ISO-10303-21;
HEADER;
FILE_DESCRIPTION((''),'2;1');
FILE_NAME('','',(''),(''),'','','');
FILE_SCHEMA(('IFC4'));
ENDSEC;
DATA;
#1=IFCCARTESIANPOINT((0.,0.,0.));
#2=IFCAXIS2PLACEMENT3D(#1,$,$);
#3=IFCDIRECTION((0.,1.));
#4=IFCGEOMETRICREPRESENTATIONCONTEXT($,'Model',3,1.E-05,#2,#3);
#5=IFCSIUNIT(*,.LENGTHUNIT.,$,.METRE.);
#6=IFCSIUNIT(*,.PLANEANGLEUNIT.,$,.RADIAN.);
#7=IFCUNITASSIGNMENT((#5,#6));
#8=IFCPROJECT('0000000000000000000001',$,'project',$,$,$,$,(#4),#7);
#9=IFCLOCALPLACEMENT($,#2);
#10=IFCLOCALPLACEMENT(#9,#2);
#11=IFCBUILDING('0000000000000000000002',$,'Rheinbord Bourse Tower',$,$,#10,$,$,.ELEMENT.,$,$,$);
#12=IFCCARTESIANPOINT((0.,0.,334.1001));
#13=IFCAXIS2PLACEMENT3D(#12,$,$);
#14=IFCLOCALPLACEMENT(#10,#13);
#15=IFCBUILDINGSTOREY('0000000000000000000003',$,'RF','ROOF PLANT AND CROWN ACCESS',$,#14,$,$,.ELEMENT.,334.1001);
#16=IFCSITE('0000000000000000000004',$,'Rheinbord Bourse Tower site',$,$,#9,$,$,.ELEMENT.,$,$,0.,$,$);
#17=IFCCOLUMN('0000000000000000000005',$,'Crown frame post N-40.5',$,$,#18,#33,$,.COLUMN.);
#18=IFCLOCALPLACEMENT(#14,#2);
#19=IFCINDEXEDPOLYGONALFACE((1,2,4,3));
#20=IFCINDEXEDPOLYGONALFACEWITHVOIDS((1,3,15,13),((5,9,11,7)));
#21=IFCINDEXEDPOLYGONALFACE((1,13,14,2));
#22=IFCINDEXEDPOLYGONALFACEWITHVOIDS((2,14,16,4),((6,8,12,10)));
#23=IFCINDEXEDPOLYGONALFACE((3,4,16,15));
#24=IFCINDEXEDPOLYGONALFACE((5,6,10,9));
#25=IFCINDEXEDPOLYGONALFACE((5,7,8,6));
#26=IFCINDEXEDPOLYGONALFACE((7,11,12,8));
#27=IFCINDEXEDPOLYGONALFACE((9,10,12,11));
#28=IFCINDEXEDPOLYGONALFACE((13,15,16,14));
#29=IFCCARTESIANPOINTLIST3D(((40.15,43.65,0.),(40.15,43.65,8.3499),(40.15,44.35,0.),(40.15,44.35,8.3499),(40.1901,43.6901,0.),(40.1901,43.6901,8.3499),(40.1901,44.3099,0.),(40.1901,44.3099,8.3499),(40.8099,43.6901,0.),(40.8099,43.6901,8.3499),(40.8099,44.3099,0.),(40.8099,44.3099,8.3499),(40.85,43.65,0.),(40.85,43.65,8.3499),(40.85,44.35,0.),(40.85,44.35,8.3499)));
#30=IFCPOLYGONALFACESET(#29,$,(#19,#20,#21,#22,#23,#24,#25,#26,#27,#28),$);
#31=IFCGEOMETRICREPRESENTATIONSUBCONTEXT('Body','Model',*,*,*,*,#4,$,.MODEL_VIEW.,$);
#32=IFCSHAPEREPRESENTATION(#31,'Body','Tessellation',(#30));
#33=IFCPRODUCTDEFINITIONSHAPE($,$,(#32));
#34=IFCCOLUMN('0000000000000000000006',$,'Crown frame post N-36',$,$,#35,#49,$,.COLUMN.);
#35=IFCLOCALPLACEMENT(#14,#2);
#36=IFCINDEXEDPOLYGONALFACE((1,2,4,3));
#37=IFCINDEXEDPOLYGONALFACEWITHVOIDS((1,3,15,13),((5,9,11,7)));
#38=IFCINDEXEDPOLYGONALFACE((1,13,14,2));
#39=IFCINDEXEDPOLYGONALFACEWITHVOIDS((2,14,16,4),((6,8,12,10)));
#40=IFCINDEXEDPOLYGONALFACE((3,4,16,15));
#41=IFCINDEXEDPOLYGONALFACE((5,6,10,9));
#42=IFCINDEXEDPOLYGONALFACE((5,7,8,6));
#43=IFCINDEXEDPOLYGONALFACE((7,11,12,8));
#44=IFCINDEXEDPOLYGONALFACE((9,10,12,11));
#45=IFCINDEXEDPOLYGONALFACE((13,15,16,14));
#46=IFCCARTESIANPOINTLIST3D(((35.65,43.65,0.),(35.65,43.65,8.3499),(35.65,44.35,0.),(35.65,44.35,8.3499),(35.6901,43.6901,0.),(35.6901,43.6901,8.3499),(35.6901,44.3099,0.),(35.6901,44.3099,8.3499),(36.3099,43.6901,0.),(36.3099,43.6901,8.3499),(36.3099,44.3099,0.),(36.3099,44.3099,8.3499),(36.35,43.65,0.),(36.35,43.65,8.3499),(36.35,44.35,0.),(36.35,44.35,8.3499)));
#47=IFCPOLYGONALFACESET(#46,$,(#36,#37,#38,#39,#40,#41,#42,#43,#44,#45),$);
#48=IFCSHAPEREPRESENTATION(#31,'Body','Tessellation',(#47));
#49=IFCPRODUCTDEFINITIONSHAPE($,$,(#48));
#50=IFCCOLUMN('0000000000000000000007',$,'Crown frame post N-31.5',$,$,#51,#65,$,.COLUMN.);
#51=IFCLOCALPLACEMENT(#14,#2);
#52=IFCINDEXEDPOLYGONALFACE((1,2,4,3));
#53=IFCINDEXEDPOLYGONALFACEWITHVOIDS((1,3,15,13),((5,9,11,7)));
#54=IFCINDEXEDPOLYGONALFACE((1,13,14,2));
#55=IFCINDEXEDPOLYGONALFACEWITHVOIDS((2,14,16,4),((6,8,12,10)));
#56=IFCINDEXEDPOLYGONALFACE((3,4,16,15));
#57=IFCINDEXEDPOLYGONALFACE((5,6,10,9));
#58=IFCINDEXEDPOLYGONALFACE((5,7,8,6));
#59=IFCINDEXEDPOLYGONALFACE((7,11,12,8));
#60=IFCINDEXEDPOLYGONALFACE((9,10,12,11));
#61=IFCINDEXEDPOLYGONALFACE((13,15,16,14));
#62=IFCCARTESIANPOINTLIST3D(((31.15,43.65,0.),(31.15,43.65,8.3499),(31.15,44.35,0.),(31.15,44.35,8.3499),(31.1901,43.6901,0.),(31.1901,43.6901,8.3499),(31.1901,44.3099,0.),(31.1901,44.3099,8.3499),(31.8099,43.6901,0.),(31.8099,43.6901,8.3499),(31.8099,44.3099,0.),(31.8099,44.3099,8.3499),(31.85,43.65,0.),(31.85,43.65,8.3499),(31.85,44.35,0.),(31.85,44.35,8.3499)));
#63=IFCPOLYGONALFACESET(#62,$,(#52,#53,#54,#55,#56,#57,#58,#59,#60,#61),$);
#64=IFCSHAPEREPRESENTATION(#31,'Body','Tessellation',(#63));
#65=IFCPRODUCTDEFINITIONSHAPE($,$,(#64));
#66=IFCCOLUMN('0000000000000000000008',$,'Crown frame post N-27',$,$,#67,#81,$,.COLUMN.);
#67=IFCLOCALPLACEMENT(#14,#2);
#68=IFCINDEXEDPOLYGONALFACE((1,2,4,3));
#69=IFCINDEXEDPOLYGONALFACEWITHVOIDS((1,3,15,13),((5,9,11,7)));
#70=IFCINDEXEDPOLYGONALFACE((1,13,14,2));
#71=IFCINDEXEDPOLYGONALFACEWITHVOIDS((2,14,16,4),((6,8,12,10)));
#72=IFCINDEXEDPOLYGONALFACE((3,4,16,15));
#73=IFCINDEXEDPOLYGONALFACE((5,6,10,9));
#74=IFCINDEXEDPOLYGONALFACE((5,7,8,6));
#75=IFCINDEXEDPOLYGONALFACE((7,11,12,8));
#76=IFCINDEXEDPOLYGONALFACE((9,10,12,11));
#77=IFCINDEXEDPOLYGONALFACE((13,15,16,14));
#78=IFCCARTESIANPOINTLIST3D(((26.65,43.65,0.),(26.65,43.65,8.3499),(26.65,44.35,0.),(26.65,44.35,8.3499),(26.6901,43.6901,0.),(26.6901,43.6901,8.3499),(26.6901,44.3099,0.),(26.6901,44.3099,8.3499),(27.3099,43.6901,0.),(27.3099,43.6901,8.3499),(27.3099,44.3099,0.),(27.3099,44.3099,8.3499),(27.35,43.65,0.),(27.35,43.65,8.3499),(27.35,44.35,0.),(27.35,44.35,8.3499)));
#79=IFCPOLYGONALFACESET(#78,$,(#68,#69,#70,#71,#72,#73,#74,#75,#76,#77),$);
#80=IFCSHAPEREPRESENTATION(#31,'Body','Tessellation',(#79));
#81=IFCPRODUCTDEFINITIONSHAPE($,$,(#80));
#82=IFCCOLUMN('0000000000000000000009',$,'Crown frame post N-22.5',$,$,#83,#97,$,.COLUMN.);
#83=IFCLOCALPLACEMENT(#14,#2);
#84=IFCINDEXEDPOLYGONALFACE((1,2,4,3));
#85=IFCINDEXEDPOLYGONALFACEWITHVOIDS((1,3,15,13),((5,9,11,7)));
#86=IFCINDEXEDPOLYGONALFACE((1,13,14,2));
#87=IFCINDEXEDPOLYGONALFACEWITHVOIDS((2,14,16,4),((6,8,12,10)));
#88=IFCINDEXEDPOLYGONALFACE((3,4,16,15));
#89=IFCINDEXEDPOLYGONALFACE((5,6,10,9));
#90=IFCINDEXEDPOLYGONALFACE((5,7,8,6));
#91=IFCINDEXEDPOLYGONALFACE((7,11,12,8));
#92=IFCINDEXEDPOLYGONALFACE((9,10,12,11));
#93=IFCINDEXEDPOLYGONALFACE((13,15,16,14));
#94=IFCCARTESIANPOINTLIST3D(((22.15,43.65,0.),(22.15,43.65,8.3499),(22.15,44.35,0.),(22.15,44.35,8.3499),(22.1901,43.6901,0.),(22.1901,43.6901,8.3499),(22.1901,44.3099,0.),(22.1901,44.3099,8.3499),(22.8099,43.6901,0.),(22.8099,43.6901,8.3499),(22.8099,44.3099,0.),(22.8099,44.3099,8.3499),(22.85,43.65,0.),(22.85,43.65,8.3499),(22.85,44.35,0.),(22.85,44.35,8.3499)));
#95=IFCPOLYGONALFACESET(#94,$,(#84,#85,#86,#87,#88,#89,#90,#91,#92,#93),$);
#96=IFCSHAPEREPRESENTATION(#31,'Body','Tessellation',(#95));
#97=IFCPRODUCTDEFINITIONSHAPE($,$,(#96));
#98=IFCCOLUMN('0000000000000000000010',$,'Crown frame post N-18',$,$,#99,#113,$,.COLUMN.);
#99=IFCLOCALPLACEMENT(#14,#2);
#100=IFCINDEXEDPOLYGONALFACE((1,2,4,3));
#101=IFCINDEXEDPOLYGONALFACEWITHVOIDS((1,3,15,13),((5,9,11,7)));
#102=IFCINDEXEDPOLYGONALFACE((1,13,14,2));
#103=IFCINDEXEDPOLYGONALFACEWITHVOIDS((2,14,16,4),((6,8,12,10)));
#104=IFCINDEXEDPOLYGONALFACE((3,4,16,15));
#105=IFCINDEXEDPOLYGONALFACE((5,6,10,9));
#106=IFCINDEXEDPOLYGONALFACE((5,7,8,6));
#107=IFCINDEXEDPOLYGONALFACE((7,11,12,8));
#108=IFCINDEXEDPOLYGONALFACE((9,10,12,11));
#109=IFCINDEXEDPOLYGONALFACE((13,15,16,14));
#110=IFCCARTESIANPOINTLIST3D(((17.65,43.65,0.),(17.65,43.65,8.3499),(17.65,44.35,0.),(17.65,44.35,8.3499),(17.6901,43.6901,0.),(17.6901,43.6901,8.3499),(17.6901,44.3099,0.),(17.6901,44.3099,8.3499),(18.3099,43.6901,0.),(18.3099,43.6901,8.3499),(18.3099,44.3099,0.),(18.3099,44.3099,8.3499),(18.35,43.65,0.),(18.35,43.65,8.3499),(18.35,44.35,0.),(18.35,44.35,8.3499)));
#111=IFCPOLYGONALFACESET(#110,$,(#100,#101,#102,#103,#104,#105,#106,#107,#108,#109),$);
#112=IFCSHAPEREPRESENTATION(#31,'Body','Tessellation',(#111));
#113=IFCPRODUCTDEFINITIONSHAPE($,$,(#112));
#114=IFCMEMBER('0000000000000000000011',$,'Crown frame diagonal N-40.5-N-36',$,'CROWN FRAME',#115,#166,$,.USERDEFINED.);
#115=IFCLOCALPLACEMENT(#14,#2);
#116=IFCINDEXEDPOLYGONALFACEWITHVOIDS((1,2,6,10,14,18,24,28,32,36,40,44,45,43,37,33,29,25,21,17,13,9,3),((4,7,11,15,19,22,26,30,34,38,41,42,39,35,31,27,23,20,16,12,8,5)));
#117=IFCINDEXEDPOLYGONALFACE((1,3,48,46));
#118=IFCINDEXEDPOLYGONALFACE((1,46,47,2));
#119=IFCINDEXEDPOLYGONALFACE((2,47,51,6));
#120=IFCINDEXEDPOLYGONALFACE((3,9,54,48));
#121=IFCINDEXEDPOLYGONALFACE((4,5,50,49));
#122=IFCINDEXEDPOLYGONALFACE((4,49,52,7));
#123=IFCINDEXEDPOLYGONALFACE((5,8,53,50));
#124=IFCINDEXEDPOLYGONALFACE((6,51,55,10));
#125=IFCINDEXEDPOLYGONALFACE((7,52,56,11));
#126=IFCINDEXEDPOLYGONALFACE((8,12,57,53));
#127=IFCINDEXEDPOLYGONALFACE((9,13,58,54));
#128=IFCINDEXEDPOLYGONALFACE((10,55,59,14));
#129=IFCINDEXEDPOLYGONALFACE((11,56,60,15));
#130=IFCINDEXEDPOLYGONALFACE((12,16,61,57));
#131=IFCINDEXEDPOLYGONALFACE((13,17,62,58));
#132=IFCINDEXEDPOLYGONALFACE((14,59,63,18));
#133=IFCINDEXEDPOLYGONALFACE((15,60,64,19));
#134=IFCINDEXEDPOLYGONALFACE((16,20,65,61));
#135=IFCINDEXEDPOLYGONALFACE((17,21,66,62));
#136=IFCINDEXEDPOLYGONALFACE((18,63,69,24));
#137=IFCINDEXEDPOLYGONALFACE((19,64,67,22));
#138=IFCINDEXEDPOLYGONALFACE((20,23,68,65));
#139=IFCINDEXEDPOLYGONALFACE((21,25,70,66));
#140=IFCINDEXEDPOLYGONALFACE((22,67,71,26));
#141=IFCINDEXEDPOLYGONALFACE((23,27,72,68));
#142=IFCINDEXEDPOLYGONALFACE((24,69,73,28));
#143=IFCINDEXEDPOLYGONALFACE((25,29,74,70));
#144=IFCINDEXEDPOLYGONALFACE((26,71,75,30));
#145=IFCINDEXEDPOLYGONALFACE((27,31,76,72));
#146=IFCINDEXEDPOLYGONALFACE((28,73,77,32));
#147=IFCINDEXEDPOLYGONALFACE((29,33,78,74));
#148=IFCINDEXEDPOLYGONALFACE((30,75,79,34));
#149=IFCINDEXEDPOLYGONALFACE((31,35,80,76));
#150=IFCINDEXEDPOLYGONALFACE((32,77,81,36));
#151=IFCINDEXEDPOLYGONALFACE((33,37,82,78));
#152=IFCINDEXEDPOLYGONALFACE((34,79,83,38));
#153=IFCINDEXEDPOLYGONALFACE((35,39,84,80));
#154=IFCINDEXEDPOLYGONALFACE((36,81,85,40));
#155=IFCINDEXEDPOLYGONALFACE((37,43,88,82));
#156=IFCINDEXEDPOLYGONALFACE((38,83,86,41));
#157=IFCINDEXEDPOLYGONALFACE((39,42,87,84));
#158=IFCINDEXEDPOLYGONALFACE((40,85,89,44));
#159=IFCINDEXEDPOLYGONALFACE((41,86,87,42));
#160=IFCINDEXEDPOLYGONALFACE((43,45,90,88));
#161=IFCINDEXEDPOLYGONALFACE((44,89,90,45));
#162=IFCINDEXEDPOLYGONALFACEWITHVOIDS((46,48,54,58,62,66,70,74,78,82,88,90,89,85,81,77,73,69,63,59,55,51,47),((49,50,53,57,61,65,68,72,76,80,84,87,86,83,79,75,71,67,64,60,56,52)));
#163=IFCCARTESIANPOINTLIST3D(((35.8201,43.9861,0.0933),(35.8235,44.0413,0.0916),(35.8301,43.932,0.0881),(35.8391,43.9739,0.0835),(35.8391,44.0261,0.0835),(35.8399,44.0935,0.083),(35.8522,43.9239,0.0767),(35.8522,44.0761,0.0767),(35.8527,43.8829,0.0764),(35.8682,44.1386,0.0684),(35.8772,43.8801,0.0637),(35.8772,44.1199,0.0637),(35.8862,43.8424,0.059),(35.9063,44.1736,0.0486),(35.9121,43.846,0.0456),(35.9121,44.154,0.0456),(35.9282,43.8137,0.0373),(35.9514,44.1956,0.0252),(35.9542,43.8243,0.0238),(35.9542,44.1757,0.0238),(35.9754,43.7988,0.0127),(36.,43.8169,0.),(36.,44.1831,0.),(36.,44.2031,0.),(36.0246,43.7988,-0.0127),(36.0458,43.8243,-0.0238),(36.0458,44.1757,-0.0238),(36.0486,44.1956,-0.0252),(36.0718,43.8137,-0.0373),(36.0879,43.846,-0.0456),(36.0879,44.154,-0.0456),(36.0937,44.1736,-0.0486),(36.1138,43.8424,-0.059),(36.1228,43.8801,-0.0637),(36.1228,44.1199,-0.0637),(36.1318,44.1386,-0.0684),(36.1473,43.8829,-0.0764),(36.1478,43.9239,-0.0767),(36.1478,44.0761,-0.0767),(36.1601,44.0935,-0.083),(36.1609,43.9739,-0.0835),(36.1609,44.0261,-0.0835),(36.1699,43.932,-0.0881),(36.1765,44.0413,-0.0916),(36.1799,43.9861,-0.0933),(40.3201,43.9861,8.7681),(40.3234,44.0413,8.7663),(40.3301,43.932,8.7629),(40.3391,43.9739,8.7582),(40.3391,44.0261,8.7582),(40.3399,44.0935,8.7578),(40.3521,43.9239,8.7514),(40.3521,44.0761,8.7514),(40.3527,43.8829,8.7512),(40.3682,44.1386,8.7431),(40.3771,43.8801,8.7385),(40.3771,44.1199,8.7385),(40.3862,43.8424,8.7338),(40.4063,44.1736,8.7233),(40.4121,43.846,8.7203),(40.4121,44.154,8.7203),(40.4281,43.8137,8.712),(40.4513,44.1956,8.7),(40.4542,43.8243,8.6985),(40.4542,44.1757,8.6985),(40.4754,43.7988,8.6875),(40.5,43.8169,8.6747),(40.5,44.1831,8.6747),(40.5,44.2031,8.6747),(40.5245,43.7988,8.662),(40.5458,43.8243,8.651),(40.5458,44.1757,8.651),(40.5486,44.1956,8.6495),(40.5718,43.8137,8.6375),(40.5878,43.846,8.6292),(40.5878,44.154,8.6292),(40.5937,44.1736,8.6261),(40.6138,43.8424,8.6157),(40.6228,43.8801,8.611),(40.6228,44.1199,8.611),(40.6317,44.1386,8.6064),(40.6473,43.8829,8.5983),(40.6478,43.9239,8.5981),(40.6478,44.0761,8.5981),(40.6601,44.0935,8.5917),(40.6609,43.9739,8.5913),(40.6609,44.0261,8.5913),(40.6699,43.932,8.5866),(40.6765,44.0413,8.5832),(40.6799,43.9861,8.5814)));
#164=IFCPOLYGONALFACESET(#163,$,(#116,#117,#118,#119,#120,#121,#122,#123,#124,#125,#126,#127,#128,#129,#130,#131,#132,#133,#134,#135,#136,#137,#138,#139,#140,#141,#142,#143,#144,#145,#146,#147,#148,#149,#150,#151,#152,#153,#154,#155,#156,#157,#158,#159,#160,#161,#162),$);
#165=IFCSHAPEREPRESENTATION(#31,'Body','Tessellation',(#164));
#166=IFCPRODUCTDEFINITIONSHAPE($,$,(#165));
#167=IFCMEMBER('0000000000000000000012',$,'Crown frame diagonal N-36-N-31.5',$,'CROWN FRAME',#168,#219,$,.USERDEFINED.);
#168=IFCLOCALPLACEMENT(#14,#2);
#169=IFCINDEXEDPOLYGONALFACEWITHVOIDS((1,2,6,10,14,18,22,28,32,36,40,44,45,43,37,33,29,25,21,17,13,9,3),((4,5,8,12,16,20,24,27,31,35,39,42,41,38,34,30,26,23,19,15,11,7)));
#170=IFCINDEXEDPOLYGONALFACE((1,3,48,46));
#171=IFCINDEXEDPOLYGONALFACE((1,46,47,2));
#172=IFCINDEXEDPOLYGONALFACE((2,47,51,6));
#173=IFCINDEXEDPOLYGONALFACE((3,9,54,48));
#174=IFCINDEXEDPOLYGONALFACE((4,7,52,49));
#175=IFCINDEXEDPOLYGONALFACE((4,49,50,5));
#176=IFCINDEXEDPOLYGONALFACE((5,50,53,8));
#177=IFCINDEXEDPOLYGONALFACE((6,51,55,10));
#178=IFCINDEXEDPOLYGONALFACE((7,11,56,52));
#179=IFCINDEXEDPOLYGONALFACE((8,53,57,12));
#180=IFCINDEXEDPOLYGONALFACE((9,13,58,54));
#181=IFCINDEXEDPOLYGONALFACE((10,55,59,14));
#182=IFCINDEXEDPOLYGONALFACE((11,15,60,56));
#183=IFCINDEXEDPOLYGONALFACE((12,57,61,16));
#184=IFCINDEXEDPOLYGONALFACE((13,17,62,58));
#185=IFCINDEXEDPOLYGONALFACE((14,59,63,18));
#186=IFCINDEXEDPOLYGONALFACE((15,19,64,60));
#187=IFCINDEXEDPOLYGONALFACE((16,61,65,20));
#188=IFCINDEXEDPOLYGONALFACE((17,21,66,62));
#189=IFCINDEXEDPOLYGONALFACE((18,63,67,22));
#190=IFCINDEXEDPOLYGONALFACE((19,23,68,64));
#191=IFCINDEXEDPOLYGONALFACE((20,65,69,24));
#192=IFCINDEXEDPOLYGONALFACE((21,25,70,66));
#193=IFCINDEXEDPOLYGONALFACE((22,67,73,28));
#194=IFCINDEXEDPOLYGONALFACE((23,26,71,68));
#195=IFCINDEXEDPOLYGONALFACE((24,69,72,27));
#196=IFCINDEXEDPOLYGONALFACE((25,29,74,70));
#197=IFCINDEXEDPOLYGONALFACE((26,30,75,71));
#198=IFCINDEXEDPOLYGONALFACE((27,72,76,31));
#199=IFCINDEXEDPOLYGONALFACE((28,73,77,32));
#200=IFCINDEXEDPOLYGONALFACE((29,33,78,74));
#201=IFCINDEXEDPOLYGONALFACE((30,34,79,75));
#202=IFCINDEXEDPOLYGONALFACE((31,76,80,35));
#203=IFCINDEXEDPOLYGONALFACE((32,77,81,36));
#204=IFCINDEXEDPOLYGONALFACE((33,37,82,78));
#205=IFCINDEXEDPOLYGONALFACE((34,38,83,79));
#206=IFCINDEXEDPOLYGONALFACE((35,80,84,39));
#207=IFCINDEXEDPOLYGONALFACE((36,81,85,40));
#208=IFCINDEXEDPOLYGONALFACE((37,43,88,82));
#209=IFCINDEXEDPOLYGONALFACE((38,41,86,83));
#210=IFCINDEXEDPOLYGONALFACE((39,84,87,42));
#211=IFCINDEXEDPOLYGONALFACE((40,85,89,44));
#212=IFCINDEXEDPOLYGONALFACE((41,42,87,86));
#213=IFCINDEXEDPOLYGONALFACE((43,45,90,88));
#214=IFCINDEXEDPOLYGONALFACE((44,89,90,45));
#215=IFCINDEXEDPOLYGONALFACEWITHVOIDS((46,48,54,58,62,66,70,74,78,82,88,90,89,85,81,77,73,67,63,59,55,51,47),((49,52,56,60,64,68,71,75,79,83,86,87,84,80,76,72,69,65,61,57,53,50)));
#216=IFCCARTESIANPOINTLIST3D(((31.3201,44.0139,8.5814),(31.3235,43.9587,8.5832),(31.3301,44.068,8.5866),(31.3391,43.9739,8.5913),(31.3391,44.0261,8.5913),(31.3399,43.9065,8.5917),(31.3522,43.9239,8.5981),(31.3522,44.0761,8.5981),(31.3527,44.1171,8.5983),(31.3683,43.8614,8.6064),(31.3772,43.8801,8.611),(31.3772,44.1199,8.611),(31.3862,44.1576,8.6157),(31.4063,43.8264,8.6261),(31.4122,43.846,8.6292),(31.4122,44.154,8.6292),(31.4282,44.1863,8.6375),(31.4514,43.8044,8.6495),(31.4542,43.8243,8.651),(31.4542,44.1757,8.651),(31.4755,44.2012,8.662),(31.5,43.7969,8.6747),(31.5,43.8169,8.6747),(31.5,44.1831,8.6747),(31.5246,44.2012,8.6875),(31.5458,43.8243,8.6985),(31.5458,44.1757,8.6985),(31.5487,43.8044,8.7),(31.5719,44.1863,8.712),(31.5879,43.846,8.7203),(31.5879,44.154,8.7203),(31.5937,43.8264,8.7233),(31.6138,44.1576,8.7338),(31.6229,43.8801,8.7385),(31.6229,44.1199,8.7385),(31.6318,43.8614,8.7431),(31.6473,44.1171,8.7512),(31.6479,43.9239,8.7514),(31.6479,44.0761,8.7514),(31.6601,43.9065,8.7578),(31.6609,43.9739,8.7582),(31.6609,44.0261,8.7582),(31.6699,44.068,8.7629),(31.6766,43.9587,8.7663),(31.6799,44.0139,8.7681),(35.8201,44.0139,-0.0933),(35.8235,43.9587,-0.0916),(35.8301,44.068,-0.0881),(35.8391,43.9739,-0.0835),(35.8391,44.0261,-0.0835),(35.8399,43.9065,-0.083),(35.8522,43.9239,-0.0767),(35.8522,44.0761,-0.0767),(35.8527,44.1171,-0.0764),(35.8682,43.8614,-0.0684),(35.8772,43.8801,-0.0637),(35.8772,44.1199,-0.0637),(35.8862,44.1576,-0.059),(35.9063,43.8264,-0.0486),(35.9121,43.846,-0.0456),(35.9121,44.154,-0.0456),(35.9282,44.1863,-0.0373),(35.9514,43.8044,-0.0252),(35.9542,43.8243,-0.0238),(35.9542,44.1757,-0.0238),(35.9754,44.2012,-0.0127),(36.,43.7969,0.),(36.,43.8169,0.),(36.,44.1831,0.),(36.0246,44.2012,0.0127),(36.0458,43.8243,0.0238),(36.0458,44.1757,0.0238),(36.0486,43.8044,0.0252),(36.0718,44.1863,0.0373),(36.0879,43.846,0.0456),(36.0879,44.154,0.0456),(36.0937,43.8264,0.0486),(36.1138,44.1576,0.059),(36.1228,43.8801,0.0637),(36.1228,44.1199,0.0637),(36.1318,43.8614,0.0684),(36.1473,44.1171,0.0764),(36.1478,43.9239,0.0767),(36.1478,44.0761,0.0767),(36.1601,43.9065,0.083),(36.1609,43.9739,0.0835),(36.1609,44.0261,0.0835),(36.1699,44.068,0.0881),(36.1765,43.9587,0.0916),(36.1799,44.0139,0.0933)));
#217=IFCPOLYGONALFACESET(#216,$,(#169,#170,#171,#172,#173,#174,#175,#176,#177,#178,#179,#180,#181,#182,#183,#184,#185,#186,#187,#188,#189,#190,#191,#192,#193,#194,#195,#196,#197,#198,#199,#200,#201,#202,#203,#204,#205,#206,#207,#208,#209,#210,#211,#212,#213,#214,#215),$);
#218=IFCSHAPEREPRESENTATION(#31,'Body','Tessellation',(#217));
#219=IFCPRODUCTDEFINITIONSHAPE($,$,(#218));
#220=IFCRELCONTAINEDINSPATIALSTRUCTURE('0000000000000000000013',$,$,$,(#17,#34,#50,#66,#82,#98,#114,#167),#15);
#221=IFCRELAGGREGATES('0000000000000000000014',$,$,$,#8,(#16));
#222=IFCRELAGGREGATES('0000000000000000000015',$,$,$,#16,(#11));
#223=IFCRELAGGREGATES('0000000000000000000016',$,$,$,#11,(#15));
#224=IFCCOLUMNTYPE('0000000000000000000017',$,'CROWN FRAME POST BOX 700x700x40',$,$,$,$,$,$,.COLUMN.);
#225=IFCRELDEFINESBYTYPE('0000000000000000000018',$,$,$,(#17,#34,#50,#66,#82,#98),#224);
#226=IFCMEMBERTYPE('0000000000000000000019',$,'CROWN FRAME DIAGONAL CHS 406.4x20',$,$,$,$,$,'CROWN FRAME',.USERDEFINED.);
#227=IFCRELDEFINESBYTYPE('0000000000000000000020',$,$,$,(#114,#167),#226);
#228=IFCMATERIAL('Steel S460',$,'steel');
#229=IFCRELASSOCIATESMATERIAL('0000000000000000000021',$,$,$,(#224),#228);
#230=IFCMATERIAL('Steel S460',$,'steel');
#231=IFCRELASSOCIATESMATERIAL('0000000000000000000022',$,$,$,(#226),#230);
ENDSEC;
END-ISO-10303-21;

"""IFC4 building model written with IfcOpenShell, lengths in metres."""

from ifc_helpers import new_model, si_unit, direction, frame, origin, origin_2d, place, context, subcontext, project, spatial, hollow_rectangle, hollow_circle, extrude, material, material_profile, profile_set, type_object, element, save


model = new_model("IFC4")

# Units and contexts
model_context = context("Model", 3, precision=1e-05, world=origin(), true_north=direction((0.0, 1.0)))
body_context = subcontext(model_context, "Body", "Model", "MODEL_VIEW")
ifc_project = project(units=[si_unit("LENGTHUNIT", "METRE"), si_unit("PLANEANGLEUNIT", "RADIAN")], contexts=[model_context])

# Site, building, storey
site_placement = place(None, origin())
site = spatial("IfcSite", under=ifc_project, at=site_placement, Name="Rheinbord Bourse Tower site", CompositionType="ELEMENT", RefElevation=0.0)
building_placement = place(site_placement, origin())
building = spatial("IfcBuilding", under=site, at=building_placement, Name="Rheinbord Bourse Tower", CompositionType="ELEMENT")
storey_placement = place(building_placement, frame((0.0, 0.0, 334.1001)))
storey = spatial("IfcBuildingStorey", under=building, at=storey_placement, Name="RF", Description="ROOF PLANT AND CROWN ACCESS", CompositionType="ELEMENT", Elevation=334.1001)

# Columns
ifc_material_1 = material(Name="Steel S460", Category="steel")
ifc_material_profile_1 = material_profile(ifc_material_1, hollow_rectangle(XDim=0.7, YDim=0.7, WallThickness=0.04, at=origin_2d()), Name="BOX 700x700x40")
ifc_profile_set_1 = profile_set([ifc_material_profile_1], Name="Steel S460")
column_type = type_object("IfcColumnType", Name="CROWN FRAME POST BOX 700x700x40", PredefinedType="COLUMN", material=ifc_profile_set_1)
for number, where, z_axis, x_axis, name in (
    (1, (40.5, 44.0, 0.0), (0.0, 0.0, 1.0), (1.0, 0.0, 0.0), "Crown frame post N-40.5"),
    (2, (36.0, 44.0, 0.0), (0.0, 0.0, 1.0), (1.0, 0.0, 0.0), "Crown frame post N-36"),
    (3, (31.5, 44.0, 0.0), (0.0, 0.0, 1.0), (1.0, 0.0, 0.0), "Crown frame post N-31.5"),
    (4, (27.0, 44.0, 0.0), (0.0, 0.0, 1.0), (1.0, 0.0, 0.0), "Crown frame post N-27"),
    (5, (22.5, 44.0, 0.0), (0.0, 0.0, 1.0), (1.0, 0.0, 0.0), "Crown frame post N-22.5"),
    (6, (18.0, 44.0, 0.0), (0.0, 0.0, 1.0), (1.0, 0.0, 0.0), "Crown frame post N-18"),
):
    element("IfcColumn", number, at=place(storey_placement, frame(where, z_axis=z_axis, x_axis=x_axis)), inside=storey, type_object=column_type, Name=name, PredefinedType="COLUMN", context=body_context, shape_type="SweptSolid", body=[
        extrude(hollow_rectangle(XDim=0.7, YDim=0.7, WallThickness=0.04, at=origin_2d()), origin(), (0.0, 0.0, 1.0), 8.3499),
    ])

# Members
ifc_material_2 = material(Name="Steel S460", Category="steel")
ifc_material_profile_2 = material_profile(ifc_material_2, hollow_circle(Radius=0.2031, WallThickness=0.02, at=origin_2d()), Name="CHS 406.4x20")
ifc_profile_set_2 = profile_set([ifc_material_profile_2], Name="Steel S460")
member_type = type_object("IfcMemberType", Name="CROWN FRAME DIAGONAL CHS 406.4x20", ElementType="CROWN FRAME", PredefinedType="USERDEFINED", material=ifc_profile_set_2)
for number, where, z_axis, x_axis, name in (
    (7, (36.0, 44.0, 0.0), (0.460475, 0.0, 0.887673), (0.0, 1.0, 0.0), "Crown frame diagonal N-40.5-N-36"),
    (8, (36.0, 44.0, 0.0), (-0.460475, 0.0, 0.887673), (0.0, -1.0, 0.0), "Crown frame diagonal N-36-N-31.5"),
):
    element("IfcMember", number, at=place(storey_placement, frame(where, z_axis=z_axis, x_axis=x_axis)), inside=storey, type_object=member_type, Name=name, ObjectType="CROWN FRAME", PredefinedType="USERDEFINED", context=body_context, shape_type="SweptSolid", body=[
        extrude(hollow_circle(Radius=0.2031, WallThickness=0.02, at=origin_2d()), origin(), (0.0, 0.0, 1.0), 9.7725),
    ])

save(model, "model.ifc")
